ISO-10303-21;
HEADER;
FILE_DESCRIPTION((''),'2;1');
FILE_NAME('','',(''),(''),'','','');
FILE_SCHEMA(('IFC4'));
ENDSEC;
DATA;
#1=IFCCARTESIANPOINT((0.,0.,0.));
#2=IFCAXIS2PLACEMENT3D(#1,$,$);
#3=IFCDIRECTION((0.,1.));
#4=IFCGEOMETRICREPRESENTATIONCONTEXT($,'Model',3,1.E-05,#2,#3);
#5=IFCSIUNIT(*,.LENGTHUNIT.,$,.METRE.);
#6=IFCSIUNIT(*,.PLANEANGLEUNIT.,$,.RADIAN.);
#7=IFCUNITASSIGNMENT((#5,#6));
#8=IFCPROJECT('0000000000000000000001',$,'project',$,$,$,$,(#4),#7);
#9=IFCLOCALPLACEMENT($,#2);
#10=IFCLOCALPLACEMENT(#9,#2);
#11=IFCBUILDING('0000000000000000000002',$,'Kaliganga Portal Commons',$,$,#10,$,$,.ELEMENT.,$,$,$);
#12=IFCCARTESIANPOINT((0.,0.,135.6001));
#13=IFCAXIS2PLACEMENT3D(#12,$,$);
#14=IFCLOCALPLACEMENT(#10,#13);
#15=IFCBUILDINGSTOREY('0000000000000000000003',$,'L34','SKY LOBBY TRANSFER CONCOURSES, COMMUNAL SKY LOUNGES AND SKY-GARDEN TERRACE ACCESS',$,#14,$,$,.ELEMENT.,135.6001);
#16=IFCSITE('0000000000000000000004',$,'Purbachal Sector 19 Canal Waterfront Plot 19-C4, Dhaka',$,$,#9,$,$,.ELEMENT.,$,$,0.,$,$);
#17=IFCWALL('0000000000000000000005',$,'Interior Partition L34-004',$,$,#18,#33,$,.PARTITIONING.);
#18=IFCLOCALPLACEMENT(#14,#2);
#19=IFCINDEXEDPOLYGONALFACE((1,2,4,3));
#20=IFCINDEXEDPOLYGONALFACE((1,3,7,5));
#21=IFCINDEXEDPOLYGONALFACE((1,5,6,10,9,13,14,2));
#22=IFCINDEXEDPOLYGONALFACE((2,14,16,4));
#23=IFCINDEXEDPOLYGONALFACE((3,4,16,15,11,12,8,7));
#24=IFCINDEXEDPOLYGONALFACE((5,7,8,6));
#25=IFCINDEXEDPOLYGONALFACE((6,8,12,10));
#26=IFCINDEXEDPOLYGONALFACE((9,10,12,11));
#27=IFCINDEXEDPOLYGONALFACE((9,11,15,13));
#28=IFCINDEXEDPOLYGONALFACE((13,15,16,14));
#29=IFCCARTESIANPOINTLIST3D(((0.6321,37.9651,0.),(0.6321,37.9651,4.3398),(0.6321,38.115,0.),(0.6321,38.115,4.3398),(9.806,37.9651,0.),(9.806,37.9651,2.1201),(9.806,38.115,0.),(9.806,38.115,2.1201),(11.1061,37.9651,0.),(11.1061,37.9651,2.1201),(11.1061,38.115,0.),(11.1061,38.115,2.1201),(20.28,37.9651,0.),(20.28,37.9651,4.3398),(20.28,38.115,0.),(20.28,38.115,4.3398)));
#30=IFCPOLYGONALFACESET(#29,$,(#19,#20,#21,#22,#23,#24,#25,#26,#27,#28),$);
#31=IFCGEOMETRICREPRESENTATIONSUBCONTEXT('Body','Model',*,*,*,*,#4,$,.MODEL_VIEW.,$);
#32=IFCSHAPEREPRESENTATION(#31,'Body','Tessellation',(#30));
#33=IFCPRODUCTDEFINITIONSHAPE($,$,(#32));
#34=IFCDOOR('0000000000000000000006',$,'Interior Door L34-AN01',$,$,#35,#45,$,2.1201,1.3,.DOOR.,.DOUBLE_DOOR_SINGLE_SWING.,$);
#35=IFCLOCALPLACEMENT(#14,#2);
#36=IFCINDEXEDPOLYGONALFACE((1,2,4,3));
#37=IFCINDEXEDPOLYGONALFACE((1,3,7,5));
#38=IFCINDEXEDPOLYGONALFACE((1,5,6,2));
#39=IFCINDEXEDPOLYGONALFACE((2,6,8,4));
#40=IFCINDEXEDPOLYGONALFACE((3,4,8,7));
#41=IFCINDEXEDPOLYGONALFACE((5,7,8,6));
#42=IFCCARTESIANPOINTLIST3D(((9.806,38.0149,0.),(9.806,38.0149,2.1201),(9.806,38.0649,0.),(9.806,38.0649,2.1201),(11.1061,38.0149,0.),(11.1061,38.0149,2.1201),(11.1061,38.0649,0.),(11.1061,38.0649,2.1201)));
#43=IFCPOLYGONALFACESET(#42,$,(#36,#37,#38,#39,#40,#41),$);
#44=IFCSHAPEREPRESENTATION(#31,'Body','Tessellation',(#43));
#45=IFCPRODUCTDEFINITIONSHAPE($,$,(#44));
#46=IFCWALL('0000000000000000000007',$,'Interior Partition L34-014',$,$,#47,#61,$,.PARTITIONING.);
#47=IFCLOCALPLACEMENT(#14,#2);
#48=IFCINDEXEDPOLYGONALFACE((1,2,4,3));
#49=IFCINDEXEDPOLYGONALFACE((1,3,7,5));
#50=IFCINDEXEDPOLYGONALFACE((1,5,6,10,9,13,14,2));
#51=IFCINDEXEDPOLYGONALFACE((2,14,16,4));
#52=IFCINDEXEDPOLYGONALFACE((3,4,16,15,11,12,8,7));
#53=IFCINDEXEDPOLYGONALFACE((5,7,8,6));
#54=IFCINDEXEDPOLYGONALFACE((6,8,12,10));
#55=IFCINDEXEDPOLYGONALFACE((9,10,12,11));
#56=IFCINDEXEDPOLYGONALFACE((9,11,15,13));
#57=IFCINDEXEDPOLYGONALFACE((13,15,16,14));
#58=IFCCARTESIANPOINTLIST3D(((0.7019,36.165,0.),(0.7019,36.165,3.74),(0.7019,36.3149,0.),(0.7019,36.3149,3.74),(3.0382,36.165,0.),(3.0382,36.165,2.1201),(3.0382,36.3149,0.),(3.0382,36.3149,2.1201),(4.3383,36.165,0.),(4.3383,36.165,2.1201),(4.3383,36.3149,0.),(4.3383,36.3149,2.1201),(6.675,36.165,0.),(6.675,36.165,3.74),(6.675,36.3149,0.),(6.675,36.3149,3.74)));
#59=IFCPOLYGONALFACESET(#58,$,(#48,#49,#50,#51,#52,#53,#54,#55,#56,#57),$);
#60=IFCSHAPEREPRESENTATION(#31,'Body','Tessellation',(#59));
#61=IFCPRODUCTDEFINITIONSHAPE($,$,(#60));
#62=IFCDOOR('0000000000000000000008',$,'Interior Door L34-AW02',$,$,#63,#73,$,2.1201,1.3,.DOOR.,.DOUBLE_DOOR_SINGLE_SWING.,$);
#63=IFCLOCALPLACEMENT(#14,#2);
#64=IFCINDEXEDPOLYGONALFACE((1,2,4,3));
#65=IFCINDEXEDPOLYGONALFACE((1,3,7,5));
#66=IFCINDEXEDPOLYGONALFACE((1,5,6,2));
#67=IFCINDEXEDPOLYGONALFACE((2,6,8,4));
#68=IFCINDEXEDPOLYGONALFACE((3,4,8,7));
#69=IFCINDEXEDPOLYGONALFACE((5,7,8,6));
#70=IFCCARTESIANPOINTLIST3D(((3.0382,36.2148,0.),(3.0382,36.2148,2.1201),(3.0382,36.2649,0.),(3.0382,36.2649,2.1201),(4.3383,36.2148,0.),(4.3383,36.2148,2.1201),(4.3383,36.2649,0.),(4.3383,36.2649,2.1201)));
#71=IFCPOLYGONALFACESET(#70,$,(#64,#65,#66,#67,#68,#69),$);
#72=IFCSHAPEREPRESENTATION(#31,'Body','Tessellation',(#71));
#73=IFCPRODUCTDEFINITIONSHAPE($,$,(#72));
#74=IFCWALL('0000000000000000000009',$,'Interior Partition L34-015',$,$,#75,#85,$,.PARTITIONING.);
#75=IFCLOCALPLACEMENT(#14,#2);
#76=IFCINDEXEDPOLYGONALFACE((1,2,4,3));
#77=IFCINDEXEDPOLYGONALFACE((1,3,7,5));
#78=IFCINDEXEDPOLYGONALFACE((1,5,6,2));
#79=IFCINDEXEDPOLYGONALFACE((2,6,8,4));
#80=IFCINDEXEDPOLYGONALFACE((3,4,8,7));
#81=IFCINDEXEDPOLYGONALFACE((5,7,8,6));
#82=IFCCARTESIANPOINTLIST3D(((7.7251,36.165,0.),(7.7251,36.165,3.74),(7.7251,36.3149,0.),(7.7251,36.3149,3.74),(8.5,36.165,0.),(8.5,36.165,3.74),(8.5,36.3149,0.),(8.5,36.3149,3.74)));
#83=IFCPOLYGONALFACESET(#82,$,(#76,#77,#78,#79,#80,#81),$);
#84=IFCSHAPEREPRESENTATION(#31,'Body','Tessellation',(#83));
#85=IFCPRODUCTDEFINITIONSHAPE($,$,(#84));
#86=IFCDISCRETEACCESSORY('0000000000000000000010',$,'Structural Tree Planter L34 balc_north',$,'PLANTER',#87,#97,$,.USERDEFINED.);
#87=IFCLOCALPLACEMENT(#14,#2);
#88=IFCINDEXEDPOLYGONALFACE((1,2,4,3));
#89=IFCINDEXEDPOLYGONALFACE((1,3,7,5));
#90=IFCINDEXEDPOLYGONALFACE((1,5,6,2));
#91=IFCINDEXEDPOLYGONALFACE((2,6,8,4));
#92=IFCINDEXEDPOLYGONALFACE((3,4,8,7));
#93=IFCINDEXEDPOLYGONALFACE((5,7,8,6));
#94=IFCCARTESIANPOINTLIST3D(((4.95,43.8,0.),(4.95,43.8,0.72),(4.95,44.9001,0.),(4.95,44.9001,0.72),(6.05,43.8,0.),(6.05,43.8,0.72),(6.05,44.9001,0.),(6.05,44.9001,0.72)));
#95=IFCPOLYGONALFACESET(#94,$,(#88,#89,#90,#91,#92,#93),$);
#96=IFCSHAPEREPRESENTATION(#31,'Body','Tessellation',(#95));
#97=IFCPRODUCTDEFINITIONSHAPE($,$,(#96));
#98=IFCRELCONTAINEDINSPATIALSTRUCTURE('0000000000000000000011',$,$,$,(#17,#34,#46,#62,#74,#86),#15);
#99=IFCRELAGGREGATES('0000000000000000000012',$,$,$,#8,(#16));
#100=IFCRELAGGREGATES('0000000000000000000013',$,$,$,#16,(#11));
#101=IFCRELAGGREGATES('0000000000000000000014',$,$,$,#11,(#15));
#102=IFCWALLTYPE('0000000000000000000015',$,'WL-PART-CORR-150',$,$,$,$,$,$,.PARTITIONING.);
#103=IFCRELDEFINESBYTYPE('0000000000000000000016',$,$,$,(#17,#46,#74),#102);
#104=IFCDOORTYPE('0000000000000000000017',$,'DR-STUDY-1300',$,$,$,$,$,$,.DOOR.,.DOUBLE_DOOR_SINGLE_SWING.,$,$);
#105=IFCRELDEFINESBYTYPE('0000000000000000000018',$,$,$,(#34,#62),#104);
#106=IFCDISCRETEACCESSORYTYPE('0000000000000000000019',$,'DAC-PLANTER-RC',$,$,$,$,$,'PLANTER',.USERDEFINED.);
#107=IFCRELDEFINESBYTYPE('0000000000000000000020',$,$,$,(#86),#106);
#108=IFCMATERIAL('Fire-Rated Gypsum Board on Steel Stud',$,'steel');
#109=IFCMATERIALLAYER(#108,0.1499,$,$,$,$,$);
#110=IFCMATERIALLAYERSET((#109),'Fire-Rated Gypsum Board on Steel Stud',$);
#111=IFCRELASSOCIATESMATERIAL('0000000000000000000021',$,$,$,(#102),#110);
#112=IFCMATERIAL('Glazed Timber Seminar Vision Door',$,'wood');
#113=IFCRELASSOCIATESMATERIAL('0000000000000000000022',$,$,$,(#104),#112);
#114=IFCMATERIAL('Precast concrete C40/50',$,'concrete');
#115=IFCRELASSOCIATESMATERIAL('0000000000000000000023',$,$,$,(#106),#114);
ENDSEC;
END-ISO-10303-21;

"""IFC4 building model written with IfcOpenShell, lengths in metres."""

from ifc_helpers import new_model, si_unit, direction, frame, frame_2d, origin, origin_2d, place, context, subcontext, project, spatial, rectangle, extrude, source, transform, mapped, material, layer, layer_set, type_object, element, fill, save


model = new_model("IFC4")

# Units and contexts
model_context = context("Model", 3, precision=1e-05, world=origin(), true_north=direction((0.0, 1.0)))
body_context = subcontext(model_context, "Body", "Model", "MODEL_VIEW")
ifc_project = project(units=[si_unit("LENGTHUNIT", "METRE"), si_unit("PLANEANGLEUNIT", "RADIAN")], contexts=[model_context])

# Site, building, storey
site_placement = place(None, origin())
site = spatial("IfcSite", under=ifc_project, at=site_placement, Name="Purbachal Sector 19 Canal Waterfront Plot 19-C4, Dhaka", CompositionType="ELEMENT", RefElevation=0.0)
building_placement = place(site_placement, origin())
building = spatial("IfcBuilding", under=site, at=building_placement, Name="Kaliganga Portal Commons", CompositionType="ELEMENT")
storey_placement = place(building_placement, frame((0.0, 0.0, 135.6001)))
storey = spatial("IfcBuildingStorey", under=building, at=storey_placement, Name="L34", Description="SKY LOBBY TRANSFER CONCOURSES, COMMUNAL SKY LOUNGES AND SKY-GARDEN TERRACE ACCESS", CompositionType="ELEMENT", Elevation=135.6001)

# Walls, openings, doors
ifc_material_1 = material(Name="Fire-Rated Gypsum Board on Steel Stud", Category="steel")
ifc_layer_1 = layer(ifc_material_1, 0.1499)
ifc_layer_set_1 = layer_set([ifc_layer_1], Name="Fire-Rated Gypsum Board on Steel Stud")
wall_type_1 = type_object("IfcWallType", Name="WL-PART-CORR-150", PredefinedType="PARTITIONING", material=ifc_layer_set_1)
wall_1_placement = place(storey_placement, frame((0.6321, 38.04, 0.0), z_axis=(0.0, 0.0, 1.0), x_axis=(1.0, 0.0, 0.0)))
wall_1 = element("IfcWall", 1, at=wall_1_placement, inside=storey, type_object=wall_type_1, Name="Interior Partition L34-004", PredefinedType="PARTITIONING", context=body_context, shape_type="SweptSolid", body=[
    extrude(rectangle(XDim=19.6479, YDim=0.1499, at=frame_2d((9.824, 0.0))), origin(), (0.0, 0.0, 1.0), 4.3398),
])
opening_1_placement = place(wall_1_placement, frame((9.1741, 0.0, 0.0)))
opening_1 = element("IfcOpeningElement", 2, at=opening_1_placement, cuts=wall_1, PredefinedType="OPENING", context=body_context, shape_type="SweptSolid", body=[
    extrude(rectangle(XDim=1.3, YDim=2.1201, at=frame_2d((0.6499, 1.0601))), frame((0.0, 0.085, 0.0), z_axis=(0.0, -1.0, 0.0), x_axis=(1.0, 0.0, 0.0)), (0.0, 0.0, 1.0), 0.1699),
])
ifc_material_2 = material(Name="Glazed Timber Seminar Vision Door", Category="wood")
door_type = type_object("IfcDoorType", Name="DR-STUDY-1300", OperationType="DOUBLE_DOOR_SINGLE_SWING", PredefinedType="DOOR", material=ifc_material_2)
door_1_placement = place(opening_1_placement, origin())
door_1 = element("IfcDoor", 3, at=door_1_placement, inside=storey, type_object=door_type, Name="Interior Door L34-AN01", OperationType="DOUBLE_DOOR_SINGLE_SWING", OverallHeight=2.1201, OverallWidth=1.3, PredefinedType="DOOR", context=body_context, shape_type="SweptSolid", body=[
    extrude(rectangle(XDim=1.3, YDim=2.1201, at=frame_2d((0.6499, 1.0601))), frame((0.0, 0.0249, 0.0), z_axis=(0.0, -1.0, 0.0), x_axis=(1.0, 0.0, 0.0)), (0.0, 0.0, 1.0), 0.05),
])
fill(opening_1, door_1)
wall_2_placement = place(storey_placement, frame((0.7019, 36.24, 0.0), z_axis=(0.0, 0.0, 1.0), x_axis=(1.0, 0.0, 0.0)))
wall_2 = element("IfcWall", 4, at=wall_2_placement, inside=storey, type_object=wall_type_1, Name="Interior Partition L34-014", PredefinedType="PARTITIONING", context=body_context, shape_type="SweptSolid", body=[
    extrude(rectangle(XDim=5.9731, YDim=0.1499, at=frame_2d((2.9866, 0.0))), origin(), (0.0, 0.0, 1.0), 3.74),
])
opening_2_placement = place(wall_2_placement, frame((2.3364, 0.0, 0.0)))
opening_2 = element("IfcOpeningElement", 5, at=opening_2_placement, cuts=wall_2, PredefinedType="OPENING", context=body_context, shape_type="SweptSolid", body=[
    extrude(rectangle(XDim=1.3, YDim=2.1201, at=frame_2d((0.6499, 1.0601))), frame((0.0, 0.085, 0.0), z_axis=(0.0, -1.0, 0.0), x_axis=(1.0, 0.0, 0.0)), (0.0, 0.0, 1.0), 0.1699),
])
door_2_placement = place(opening_2_placement, origin())
door_2 = element("IfcDoor", 6, at=door_2_placement, inside=storey, type_object=door_type, Name="Interior Door L34-AW02", OperationType="DOUBLE_DOOR_SINGLE_SWING", OverallHeight=2.1201, OverallWidth=1.3, PredefinedType="DOOR", context=body_context, shape_type="SweptSolid", body=[
    extrude(rectangle(XDim=1.3, YDim=2.1201, at=frame_2d((0.6499, 1.0601))), frame((0.0, 0.0249, 0.0), z_axis=(0.0, -1.0, 0.0), x_axis=(1.0, 0.0, 0.0)), (0.0, 0.0, 1.0), 0.05),
])
fill(opening_2, door_2)

# Wall
wall_3_placement = place(storey_placement, frame((7.7251, 36.24, 0.0), z_axis=(0.0, 0.0, 1.0), x_axis=(1.0, 0.0, 0.0)))
element("IfcWall", 7, at=wall_3_placement, inside=storey, type_object=wall_type_1, Name="Interior Partition L34-015", PredefinedType="PARTITIONING", context=body_context, shape_type="SweptSolid", body=[
    extrude(rectangle(XDim=0.7749, YDim=0.1499, at=frame_2d((0.3875, 0.0))), origin(), (0.0, 0.0, 1.0), 3.74),
])

# Discrete accessory
ifc_material_3 = material(Name="Precast concrete C40/50", Category="concrete")
discrete_accessory_type = type_object("IfcDiscreteAccessoryType", Name="DAC-PLANTER-RC", ElementType="PLANTER", PredefinedType="USERDEFINED", material=ifc_material_3)
shared_shape_1 = source(origin(), body_context, "Body", "SweptSolid", [
    extrude(rectangle(XDim=1.1001, YDim=1.1001, at=origin_2d()), origin(), (0.0, 0.0, 1.0), 0.72),
])
discrete_accessory_placement = place(storey_placement, frame((5.5, 44.3501, 0.0), z_axis=(0.0, 0.0, 1.0), x_axis=(1.0, 0.0, 0.0)))
element("IfcDiscreteAccessory", 8, at=discrete_accessory_placement, inside=storey, type_object=discrete_accessory_type, Name="Structural Tree Planter L34 balc_north", ObjectType="PLANTER", PredefinedType="USERDEFINED", context=body_context, shape_type="MappedRepresentation", body=[
    mapped(shared_shape_1, transform((0.0, 0.0, 0.0), x_axis=(1.0, 0.0, 0.0), y_axis=(0.0, 1.0, 0.0), z_axis=(0.0, 0.0, 1.0), scale=1.0)),
])

save(model, "model.ifc")
